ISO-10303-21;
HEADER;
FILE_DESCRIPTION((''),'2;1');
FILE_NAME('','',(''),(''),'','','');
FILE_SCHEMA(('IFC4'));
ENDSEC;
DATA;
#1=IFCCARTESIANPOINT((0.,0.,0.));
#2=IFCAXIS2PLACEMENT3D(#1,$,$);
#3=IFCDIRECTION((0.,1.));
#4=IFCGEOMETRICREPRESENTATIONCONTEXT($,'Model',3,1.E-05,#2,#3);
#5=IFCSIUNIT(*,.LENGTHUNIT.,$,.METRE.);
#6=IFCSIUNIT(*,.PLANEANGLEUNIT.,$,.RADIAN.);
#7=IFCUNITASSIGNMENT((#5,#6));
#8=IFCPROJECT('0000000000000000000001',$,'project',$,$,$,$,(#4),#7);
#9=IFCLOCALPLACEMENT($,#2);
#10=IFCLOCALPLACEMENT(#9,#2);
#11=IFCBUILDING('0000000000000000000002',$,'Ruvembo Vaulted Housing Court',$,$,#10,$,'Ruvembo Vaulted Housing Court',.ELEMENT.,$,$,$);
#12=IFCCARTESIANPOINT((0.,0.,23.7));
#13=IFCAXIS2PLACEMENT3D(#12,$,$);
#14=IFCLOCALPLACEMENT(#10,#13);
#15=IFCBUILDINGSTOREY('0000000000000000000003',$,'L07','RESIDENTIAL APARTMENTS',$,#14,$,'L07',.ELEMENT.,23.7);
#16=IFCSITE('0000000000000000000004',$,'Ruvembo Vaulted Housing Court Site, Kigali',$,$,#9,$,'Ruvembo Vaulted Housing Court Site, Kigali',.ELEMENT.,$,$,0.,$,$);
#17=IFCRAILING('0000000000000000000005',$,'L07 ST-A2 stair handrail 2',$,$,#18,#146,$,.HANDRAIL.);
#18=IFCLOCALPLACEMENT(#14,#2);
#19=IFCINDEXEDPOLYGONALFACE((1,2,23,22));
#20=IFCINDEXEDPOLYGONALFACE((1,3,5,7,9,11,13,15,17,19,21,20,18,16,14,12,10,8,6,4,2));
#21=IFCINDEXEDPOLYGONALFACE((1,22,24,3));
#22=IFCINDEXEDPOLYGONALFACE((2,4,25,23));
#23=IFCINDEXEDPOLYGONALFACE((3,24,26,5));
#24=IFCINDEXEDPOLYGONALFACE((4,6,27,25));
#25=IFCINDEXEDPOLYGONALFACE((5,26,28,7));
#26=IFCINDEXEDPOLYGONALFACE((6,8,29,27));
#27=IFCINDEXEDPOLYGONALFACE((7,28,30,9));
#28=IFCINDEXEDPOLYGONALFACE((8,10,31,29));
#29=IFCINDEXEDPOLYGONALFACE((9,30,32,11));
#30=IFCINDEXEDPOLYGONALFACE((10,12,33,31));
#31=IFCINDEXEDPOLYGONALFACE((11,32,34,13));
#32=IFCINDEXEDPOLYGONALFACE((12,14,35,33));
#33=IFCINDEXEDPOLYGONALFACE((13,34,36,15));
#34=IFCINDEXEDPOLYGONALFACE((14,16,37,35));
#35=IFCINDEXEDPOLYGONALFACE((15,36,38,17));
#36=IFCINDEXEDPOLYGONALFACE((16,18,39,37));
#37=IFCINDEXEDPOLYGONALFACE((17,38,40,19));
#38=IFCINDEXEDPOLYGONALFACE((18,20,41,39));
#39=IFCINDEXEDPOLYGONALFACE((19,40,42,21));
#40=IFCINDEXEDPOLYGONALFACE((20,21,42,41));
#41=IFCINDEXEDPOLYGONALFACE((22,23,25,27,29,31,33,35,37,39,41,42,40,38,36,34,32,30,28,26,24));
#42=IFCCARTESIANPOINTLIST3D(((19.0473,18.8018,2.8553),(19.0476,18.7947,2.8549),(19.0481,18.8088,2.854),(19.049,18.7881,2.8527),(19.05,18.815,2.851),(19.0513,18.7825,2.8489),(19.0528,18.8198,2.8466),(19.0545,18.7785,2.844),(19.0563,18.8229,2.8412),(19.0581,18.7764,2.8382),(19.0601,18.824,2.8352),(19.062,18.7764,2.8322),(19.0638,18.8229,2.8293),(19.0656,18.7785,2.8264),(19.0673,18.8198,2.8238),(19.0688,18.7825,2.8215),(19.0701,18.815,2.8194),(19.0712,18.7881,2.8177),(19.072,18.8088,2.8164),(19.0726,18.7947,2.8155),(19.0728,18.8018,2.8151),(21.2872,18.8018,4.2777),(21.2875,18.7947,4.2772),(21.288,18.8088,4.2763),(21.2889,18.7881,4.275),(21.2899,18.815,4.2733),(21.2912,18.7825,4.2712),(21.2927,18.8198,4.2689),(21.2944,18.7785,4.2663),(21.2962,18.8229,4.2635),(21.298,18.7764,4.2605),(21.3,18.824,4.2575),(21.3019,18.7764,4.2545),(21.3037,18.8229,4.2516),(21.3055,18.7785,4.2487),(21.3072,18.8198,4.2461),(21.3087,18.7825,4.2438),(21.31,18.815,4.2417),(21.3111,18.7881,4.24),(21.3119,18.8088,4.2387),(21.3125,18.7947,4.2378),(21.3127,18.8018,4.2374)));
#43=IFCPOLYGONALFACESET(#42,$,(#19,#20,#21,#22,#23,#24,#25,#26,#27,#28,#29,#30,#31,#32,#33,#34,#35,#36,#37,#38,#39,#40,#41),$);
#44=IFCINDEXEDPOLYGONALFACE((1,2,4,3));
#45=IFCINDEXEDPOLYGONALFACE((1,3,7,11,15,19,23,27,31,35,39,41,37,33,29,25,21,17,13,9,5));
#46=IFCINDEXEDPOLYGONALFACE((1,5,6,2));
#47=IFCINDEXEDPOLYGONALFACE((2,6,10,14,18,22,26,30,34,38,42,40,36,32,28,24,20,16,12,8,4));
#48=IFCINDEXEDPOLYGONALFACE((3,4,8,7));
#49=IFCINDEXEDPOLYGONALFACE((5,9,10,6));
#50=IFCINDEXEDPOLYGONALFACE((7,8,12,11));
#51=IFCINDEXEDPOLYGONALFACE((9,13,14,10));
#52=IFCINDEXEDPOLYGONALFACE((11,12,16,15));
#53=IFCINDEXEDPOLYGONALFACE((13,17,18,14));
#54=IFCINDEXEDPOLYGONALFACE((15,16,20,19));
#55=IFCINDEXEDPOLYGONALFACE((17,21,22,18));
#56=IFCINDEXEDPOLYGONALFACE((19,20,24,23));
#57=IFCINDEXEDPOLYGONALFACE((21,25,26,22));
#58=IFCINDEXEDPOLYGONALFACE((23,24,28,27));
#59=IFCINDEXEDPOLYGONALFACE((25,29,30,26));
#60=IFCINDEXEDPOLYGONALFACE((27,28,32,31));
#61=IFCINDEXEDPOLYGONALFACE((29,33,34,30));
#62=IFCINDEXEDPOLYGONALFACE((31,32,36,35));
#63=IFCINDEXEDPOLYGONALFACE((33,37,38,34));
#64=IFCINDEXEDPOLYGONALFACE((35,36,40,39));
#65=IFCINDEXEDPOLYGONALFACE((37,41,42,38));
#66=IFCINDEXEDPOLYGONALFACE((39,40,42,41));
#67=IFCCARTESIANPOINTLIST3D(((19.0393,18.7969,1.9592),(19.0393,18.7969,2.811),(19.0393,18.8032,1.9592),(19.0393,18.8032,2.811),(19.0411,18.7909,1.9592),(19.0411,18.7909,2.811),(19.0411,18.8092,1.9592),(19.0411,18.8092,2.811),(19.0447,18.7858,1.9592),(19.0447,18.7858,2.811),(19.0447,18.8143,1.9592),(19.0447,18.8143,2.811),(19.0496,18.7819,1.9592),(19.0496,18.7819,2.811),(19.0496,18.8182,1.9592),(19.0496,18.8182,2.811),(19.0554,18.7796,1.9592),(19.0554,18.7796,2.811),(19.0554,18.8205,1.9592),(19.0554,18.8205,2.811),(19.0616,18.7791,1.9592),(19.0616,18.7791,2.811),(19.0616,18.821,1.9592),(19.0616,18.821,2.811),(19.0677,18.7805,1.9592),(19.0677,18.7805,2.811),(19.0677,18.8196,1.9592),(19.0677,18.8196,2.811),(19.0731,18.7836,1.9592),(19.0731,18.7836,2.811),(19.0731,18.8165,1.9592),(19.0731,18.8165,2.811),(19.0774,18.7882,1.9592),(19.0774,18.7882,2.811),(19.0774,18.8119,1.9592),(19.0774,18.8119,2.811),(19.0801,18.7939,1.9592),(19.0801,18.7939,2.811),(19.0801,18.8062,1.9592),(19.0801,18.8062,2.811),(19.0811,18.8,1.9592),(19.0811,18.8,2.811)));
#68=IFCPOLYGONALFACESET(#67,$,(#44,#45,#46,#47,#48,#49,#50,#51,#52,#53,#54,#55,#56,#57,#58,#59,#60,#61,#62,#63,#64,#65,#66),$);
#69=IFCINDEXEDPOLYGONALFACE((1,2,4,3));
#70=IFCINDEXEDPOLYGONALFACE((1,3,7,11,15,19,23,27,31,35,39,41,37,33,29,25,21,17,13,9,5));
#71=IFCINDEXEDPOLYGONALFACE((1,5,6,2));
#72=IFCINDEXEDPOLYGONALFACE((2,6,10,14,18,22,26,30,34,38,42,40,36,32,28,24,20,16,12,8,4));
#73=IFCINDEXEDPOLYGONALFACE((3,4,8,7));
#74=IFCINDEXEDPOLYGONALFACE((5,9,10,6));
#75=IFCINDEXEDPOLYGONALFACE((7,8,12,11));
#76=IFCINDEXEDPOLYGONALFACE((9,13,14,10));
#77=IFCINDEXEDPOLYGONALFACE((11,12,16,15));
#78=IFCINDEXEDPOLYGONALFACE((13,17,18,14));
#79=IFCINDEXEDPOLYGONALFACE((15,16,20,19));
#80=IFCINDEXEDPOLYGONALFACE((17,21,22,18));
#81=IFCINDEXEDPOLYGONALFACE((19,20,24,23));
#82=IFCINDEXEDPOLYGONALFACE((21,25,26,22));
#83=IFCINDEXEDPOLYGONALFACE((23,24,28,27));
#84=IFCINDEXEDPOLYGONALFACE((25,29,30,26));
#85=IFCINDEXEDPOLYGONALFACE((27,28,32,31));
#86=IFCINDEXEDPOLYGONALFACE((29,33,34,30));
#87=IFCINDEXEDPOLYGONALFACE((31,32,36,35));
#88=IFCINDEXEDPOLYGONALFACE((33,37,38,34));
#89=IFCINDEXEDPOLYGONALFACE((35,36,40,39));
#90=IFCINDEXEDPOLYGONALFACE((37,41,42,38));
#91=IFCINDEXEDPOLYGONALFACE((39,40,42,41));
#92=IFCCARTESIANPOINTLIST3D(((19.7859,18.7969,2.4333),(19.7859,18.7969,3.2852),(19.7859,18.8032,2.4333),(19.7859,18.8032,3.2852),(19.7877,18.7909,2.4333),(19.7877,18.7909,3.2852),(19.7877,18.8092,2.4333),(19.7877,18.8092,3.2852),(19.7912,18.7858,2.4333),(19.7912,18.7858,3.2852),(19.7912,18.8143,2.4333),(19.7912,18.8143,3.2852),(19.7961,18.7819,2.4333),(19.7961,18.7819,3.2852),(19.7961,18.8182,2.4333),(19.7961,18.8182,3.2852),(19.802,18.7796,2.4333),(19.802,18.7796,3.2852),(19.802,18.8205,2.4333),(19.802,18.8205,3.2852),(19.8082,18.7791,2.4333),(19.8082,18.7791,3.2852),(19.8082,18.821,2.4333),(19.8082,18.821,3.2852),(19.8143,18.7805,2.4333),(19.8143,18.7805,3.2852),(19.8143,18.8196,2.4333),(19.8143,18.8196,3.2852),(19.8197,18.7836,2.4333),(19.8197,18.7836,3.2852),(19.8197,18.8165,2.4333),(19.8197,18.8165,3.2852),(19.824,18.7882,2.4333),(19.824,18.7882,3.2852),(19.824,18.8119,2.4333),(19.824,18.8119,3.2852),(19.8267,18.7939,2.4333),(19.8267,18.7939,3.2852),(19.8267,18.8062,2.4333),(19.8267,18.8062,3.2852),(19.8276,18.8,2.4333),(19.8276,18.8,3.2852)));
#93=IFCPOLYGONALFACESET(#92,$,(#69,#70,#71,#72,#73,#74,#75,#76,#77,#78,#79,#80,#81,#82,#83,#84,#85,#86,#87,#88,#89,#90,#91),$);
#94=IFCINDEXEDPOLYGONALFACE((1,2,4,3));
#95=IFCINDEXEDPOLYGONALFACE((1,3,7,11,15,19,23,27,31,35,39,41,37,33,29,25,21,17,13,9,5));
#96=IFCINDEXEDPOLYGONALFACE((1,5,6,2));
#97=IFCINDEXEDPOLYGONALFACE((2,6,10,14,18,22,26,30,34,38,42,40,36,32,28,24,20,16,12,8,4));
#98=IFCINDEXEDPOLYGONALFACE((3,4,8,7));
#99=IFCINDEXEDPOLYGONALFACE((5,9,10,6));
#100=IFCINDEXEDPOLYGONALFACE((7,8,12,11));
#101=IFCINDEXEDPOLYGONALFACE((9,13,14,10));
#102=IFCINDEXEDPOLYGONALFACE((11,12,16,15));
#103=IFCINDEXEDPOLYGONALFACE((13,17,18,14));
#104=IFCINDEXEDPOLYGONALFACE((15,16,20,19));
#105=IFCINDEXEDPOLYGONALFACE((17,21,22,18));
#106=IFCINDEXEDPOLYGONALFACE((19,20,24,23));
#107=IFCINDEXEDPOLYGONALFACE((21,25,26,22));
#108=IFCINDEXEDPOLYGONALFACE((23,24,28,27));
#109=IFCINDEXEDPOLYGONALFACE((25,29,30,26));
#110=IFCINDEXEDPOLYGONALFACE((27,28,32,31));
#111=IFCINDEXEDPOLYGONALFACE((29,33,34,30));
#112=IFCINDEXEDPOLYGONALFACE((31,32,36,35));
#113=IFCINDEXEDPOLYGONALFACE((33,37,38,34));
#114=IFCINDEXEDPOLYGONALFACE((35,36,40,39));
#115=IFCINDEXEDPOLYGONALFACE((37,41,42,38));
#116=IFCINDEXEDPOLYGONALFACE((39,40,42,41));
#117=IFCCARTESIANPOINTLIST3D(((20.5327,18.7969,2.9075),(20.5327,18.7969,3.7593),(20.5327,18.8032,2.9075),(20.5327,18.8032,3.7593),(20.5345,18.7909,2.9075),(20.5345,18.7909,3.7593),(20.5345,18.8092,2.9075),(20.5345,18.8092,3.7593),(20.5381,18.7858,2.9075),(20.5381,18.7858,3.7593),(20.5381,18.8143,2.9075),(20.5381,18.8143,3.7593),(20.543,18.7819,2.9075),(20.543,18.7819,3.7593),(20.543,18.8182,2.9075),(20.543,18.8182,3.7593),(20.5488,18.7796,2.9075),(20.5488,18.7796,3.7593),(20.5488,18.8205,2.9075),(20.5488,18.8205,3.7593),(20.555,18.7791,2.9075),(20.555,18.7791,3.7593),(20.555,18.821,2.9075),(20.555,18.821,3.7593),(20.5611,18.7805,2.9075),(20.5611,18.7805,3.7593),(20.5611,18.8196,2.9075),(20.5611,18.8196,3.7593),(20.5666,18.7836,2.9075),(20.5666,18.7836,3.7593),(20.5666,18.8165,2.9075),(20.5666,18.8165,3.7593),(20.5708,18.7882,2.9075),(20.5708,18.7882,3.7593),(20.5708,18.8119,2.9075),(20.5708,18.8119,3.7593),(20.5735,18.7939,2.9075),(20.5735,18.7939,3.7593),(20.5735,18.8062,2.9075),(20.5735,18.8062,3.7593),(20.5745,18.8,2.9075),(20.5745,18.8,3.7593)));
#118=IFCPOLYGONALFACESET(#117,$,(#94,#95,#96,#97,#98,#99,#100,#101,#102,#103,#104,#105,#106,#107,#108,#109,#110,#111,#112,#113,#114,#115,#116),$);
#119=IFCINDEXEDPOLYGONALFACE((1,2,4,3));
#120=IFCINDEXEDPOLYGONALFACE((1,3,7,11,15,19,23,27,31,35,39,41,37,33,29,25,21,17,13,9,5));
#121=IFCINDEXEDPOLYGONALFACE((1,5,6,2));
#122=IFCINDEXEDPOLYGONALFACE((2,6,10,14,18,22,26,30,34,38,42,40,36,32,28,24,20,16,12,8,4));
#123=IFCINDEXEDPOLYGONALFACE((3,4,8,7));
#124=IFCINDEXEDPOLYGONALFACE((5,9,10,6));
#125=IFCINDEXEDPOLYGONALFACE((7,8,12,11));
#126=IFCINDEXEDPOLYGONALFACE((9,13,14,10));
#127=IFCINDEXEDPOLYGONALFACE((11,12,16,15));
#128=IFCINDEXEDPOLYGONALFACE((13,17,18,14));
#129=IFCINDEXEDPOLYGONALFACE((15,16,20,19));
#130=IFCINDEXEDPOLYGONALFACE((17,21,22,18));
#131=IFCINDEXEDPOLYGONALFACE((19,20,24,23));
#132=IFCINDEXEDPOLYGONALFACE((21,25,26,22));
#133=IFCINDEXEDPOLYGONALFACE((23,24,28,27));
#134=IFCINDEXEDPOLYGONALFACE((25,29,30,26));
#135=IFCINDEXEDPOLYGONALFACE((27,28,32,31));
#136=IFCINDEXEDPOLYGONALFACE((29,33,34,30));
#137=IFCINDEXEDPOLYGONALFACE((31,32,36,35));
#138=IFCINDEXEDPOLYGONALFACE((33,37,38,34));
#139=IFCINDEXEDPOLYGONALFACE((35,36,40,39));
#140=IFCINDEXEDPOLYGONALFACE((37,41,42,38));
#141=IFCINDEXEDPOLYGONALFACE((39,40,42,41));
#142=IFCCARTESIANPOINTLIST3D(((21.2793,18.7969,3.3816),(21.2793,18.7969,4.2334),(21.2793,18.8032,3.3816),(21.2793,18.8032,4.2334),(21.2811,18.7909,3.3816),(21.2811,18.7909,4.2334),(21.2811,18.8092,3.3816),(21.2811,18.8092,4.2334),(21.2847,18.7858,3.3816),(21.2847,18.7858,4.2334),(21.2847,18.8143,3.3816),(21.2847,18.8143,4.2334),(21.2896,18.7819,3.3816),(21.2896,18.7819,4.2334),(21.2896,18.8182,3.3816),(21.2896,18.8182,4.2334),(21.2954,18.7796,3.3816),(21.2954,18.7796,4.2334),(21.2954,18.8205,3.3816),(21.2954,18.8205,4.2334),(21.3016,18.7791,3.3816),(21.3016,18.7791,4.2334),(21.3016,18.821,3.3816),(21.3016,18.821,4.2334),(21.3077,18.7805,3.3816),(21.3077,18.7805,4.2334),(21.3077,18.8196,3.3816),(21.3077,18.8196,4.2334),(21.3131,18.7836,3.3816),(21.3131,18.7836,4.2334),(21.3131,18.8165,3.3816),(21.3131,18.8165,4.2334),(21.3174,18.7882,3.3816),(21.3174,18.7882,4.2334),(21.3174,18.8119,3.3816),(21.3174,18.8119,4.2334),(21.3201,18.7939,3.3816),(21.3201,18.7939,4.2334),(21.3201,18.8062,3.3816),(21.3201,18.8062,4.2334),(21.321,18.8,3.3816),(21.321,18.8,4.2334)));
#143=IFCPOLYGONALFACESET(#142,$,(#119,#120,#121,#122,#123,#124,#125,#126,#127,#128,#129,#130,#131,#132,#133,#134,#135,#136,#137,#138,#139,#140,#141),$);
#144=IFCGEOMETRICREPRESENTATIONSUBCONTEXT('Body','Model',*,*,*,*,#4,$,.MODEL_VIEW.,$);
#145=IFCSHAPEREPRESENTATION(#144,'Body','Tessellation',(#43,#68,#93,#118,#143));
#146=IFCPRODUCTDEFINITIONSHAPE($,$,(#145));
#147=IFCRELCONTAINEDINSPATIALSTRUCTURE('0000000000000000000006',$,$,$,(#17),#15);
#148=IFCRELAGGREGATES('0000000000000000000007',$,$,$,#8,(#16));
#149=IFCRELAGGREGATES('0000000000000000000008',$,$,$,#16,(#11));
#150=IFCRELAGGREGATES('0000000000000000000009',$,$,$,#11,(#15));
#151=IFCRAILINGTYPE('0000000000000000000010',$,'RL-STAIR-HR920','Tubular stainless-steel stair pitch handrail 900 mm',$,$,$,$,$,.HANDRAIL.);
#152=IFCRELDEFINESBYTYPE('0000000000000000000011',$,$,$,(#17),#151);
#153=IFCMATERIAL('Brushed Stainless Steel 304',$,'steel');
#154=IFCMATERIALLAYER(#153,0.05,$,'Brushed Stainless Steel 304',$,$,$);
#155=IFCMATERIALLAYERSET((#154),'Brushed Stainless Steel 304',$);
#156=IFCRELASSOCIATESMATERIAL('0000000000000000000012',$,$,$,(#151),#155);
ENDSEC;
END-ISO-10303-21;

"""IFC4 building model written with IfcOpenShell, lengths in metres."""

from ifc_helpers import new_model, si_unit, direction, frame, origin, origin_2d, place, context, subcontext, project, spatial, circle, extrude, material, layer, layer_set, type_object, element, save


model = new_model("IFC4")

# Units and contexts
model_context = context("Model", 3, precision=1e-05, world=origin(), true_north=direction((0.0, 1.0)))
body_context = subcontext(model_context, "Body", "Model", "MODEL_VIEW")
ifc_project = project(units=[si_unit("LENGTHUNIT", "METRE"), si_unit("PLANEANGLEUNIT", "RADIAN")], contexts=[model_context])

# Site, building, storey
site_placement = place(None, origin())
site = spatial("IfcSite", under=ifc_project, at=site_placement, Name="Ruvembo Vaulted Housing Court Site, Kigali", LongName="Ruvembo Vaulted Housing Court Site, Kigali", CompositionType="ELEMENT", RefElevation=0.0)
building_placement = place(site_placement, origin())
building = spatial("IfcBuilding", under=site, at=building_placement, Name="Ruvembo Vaulted Housing Court", LongName="Ruvembo Vaulted Housing Court", CompositionType="ELEMENT")
storey_placement = place(building_placement, frame((0.0, 0.0, 23.7)))
storey = spatial("IfcBuildingStorey", under=building, at=storey_placement, Name="L07", Description="RESIDENTIAL APARTMENTS", LongName="L07", CompositionType="ELEMENT", Elevation=23.7)

# Railing
ifc_material_1 = material(Name="Brushed Stainless Steel 304", Category="steel")
ifc_layer_1 = layer(ifc_material_1, 0.05, Name="Brushed Stainless Steel 304")
ifc_layer_set_1 = layer_set([ifc_layer_1], Name="Brushed Stainless Steel 304")
railing_type_1 = type_object("IfcRailingType", Name="RL-STAIR-HR920", Description="Tubular stainless-steel stair pitch handrail 900 mm", PredefinedType="HANDRAIL", material=ifc_layer_set_1)
railing_1_placement = place(storey_placement, frame((19.0601, 18.8, 1.9592)))
element("IfcRailing", 1, at=railing_1_placement, inside=storey, type_object=railing_type_1, Name="L07 ST-A2 stair handrail 2", PredefinedType="HANDRAIL", context=body_context, shape_type="SweptSolid", body=[
    extrude(circle(Radius=0.0239, at=origin_2d()), frame((0.0, 0.0, 0.876), z_axis=(0.844188, 0.0, 0.536048), x_axis=(0.0, 1.0, 0.0)), (0.0, 0.0, 1.0), 2.6533),
    extrude(circle(Radius=0.021, at=origin_2d()), origin(), (0.0, 0.0, 1.0), 0.8518),
    extrude(circle(Radius=0.021, at=origin_2d()), frame((0.7466, 0.0, 0.4741)), (0.0, 0.0, 1.0), 0.8518),
    extrude(circle(Radius=0.021, at=origin_2d()), frame((1.4934, 0.0, 0.9482)), (0.0, 0.0, 1.0), 0.8518),
    extrude(circle(Radius=0.021, at=origin_2d()), frame((2.24, 0.0, 1.4224)), (0.0, 0.0, 1.0), 0.8518),
])

save(model, "model.ifc")
